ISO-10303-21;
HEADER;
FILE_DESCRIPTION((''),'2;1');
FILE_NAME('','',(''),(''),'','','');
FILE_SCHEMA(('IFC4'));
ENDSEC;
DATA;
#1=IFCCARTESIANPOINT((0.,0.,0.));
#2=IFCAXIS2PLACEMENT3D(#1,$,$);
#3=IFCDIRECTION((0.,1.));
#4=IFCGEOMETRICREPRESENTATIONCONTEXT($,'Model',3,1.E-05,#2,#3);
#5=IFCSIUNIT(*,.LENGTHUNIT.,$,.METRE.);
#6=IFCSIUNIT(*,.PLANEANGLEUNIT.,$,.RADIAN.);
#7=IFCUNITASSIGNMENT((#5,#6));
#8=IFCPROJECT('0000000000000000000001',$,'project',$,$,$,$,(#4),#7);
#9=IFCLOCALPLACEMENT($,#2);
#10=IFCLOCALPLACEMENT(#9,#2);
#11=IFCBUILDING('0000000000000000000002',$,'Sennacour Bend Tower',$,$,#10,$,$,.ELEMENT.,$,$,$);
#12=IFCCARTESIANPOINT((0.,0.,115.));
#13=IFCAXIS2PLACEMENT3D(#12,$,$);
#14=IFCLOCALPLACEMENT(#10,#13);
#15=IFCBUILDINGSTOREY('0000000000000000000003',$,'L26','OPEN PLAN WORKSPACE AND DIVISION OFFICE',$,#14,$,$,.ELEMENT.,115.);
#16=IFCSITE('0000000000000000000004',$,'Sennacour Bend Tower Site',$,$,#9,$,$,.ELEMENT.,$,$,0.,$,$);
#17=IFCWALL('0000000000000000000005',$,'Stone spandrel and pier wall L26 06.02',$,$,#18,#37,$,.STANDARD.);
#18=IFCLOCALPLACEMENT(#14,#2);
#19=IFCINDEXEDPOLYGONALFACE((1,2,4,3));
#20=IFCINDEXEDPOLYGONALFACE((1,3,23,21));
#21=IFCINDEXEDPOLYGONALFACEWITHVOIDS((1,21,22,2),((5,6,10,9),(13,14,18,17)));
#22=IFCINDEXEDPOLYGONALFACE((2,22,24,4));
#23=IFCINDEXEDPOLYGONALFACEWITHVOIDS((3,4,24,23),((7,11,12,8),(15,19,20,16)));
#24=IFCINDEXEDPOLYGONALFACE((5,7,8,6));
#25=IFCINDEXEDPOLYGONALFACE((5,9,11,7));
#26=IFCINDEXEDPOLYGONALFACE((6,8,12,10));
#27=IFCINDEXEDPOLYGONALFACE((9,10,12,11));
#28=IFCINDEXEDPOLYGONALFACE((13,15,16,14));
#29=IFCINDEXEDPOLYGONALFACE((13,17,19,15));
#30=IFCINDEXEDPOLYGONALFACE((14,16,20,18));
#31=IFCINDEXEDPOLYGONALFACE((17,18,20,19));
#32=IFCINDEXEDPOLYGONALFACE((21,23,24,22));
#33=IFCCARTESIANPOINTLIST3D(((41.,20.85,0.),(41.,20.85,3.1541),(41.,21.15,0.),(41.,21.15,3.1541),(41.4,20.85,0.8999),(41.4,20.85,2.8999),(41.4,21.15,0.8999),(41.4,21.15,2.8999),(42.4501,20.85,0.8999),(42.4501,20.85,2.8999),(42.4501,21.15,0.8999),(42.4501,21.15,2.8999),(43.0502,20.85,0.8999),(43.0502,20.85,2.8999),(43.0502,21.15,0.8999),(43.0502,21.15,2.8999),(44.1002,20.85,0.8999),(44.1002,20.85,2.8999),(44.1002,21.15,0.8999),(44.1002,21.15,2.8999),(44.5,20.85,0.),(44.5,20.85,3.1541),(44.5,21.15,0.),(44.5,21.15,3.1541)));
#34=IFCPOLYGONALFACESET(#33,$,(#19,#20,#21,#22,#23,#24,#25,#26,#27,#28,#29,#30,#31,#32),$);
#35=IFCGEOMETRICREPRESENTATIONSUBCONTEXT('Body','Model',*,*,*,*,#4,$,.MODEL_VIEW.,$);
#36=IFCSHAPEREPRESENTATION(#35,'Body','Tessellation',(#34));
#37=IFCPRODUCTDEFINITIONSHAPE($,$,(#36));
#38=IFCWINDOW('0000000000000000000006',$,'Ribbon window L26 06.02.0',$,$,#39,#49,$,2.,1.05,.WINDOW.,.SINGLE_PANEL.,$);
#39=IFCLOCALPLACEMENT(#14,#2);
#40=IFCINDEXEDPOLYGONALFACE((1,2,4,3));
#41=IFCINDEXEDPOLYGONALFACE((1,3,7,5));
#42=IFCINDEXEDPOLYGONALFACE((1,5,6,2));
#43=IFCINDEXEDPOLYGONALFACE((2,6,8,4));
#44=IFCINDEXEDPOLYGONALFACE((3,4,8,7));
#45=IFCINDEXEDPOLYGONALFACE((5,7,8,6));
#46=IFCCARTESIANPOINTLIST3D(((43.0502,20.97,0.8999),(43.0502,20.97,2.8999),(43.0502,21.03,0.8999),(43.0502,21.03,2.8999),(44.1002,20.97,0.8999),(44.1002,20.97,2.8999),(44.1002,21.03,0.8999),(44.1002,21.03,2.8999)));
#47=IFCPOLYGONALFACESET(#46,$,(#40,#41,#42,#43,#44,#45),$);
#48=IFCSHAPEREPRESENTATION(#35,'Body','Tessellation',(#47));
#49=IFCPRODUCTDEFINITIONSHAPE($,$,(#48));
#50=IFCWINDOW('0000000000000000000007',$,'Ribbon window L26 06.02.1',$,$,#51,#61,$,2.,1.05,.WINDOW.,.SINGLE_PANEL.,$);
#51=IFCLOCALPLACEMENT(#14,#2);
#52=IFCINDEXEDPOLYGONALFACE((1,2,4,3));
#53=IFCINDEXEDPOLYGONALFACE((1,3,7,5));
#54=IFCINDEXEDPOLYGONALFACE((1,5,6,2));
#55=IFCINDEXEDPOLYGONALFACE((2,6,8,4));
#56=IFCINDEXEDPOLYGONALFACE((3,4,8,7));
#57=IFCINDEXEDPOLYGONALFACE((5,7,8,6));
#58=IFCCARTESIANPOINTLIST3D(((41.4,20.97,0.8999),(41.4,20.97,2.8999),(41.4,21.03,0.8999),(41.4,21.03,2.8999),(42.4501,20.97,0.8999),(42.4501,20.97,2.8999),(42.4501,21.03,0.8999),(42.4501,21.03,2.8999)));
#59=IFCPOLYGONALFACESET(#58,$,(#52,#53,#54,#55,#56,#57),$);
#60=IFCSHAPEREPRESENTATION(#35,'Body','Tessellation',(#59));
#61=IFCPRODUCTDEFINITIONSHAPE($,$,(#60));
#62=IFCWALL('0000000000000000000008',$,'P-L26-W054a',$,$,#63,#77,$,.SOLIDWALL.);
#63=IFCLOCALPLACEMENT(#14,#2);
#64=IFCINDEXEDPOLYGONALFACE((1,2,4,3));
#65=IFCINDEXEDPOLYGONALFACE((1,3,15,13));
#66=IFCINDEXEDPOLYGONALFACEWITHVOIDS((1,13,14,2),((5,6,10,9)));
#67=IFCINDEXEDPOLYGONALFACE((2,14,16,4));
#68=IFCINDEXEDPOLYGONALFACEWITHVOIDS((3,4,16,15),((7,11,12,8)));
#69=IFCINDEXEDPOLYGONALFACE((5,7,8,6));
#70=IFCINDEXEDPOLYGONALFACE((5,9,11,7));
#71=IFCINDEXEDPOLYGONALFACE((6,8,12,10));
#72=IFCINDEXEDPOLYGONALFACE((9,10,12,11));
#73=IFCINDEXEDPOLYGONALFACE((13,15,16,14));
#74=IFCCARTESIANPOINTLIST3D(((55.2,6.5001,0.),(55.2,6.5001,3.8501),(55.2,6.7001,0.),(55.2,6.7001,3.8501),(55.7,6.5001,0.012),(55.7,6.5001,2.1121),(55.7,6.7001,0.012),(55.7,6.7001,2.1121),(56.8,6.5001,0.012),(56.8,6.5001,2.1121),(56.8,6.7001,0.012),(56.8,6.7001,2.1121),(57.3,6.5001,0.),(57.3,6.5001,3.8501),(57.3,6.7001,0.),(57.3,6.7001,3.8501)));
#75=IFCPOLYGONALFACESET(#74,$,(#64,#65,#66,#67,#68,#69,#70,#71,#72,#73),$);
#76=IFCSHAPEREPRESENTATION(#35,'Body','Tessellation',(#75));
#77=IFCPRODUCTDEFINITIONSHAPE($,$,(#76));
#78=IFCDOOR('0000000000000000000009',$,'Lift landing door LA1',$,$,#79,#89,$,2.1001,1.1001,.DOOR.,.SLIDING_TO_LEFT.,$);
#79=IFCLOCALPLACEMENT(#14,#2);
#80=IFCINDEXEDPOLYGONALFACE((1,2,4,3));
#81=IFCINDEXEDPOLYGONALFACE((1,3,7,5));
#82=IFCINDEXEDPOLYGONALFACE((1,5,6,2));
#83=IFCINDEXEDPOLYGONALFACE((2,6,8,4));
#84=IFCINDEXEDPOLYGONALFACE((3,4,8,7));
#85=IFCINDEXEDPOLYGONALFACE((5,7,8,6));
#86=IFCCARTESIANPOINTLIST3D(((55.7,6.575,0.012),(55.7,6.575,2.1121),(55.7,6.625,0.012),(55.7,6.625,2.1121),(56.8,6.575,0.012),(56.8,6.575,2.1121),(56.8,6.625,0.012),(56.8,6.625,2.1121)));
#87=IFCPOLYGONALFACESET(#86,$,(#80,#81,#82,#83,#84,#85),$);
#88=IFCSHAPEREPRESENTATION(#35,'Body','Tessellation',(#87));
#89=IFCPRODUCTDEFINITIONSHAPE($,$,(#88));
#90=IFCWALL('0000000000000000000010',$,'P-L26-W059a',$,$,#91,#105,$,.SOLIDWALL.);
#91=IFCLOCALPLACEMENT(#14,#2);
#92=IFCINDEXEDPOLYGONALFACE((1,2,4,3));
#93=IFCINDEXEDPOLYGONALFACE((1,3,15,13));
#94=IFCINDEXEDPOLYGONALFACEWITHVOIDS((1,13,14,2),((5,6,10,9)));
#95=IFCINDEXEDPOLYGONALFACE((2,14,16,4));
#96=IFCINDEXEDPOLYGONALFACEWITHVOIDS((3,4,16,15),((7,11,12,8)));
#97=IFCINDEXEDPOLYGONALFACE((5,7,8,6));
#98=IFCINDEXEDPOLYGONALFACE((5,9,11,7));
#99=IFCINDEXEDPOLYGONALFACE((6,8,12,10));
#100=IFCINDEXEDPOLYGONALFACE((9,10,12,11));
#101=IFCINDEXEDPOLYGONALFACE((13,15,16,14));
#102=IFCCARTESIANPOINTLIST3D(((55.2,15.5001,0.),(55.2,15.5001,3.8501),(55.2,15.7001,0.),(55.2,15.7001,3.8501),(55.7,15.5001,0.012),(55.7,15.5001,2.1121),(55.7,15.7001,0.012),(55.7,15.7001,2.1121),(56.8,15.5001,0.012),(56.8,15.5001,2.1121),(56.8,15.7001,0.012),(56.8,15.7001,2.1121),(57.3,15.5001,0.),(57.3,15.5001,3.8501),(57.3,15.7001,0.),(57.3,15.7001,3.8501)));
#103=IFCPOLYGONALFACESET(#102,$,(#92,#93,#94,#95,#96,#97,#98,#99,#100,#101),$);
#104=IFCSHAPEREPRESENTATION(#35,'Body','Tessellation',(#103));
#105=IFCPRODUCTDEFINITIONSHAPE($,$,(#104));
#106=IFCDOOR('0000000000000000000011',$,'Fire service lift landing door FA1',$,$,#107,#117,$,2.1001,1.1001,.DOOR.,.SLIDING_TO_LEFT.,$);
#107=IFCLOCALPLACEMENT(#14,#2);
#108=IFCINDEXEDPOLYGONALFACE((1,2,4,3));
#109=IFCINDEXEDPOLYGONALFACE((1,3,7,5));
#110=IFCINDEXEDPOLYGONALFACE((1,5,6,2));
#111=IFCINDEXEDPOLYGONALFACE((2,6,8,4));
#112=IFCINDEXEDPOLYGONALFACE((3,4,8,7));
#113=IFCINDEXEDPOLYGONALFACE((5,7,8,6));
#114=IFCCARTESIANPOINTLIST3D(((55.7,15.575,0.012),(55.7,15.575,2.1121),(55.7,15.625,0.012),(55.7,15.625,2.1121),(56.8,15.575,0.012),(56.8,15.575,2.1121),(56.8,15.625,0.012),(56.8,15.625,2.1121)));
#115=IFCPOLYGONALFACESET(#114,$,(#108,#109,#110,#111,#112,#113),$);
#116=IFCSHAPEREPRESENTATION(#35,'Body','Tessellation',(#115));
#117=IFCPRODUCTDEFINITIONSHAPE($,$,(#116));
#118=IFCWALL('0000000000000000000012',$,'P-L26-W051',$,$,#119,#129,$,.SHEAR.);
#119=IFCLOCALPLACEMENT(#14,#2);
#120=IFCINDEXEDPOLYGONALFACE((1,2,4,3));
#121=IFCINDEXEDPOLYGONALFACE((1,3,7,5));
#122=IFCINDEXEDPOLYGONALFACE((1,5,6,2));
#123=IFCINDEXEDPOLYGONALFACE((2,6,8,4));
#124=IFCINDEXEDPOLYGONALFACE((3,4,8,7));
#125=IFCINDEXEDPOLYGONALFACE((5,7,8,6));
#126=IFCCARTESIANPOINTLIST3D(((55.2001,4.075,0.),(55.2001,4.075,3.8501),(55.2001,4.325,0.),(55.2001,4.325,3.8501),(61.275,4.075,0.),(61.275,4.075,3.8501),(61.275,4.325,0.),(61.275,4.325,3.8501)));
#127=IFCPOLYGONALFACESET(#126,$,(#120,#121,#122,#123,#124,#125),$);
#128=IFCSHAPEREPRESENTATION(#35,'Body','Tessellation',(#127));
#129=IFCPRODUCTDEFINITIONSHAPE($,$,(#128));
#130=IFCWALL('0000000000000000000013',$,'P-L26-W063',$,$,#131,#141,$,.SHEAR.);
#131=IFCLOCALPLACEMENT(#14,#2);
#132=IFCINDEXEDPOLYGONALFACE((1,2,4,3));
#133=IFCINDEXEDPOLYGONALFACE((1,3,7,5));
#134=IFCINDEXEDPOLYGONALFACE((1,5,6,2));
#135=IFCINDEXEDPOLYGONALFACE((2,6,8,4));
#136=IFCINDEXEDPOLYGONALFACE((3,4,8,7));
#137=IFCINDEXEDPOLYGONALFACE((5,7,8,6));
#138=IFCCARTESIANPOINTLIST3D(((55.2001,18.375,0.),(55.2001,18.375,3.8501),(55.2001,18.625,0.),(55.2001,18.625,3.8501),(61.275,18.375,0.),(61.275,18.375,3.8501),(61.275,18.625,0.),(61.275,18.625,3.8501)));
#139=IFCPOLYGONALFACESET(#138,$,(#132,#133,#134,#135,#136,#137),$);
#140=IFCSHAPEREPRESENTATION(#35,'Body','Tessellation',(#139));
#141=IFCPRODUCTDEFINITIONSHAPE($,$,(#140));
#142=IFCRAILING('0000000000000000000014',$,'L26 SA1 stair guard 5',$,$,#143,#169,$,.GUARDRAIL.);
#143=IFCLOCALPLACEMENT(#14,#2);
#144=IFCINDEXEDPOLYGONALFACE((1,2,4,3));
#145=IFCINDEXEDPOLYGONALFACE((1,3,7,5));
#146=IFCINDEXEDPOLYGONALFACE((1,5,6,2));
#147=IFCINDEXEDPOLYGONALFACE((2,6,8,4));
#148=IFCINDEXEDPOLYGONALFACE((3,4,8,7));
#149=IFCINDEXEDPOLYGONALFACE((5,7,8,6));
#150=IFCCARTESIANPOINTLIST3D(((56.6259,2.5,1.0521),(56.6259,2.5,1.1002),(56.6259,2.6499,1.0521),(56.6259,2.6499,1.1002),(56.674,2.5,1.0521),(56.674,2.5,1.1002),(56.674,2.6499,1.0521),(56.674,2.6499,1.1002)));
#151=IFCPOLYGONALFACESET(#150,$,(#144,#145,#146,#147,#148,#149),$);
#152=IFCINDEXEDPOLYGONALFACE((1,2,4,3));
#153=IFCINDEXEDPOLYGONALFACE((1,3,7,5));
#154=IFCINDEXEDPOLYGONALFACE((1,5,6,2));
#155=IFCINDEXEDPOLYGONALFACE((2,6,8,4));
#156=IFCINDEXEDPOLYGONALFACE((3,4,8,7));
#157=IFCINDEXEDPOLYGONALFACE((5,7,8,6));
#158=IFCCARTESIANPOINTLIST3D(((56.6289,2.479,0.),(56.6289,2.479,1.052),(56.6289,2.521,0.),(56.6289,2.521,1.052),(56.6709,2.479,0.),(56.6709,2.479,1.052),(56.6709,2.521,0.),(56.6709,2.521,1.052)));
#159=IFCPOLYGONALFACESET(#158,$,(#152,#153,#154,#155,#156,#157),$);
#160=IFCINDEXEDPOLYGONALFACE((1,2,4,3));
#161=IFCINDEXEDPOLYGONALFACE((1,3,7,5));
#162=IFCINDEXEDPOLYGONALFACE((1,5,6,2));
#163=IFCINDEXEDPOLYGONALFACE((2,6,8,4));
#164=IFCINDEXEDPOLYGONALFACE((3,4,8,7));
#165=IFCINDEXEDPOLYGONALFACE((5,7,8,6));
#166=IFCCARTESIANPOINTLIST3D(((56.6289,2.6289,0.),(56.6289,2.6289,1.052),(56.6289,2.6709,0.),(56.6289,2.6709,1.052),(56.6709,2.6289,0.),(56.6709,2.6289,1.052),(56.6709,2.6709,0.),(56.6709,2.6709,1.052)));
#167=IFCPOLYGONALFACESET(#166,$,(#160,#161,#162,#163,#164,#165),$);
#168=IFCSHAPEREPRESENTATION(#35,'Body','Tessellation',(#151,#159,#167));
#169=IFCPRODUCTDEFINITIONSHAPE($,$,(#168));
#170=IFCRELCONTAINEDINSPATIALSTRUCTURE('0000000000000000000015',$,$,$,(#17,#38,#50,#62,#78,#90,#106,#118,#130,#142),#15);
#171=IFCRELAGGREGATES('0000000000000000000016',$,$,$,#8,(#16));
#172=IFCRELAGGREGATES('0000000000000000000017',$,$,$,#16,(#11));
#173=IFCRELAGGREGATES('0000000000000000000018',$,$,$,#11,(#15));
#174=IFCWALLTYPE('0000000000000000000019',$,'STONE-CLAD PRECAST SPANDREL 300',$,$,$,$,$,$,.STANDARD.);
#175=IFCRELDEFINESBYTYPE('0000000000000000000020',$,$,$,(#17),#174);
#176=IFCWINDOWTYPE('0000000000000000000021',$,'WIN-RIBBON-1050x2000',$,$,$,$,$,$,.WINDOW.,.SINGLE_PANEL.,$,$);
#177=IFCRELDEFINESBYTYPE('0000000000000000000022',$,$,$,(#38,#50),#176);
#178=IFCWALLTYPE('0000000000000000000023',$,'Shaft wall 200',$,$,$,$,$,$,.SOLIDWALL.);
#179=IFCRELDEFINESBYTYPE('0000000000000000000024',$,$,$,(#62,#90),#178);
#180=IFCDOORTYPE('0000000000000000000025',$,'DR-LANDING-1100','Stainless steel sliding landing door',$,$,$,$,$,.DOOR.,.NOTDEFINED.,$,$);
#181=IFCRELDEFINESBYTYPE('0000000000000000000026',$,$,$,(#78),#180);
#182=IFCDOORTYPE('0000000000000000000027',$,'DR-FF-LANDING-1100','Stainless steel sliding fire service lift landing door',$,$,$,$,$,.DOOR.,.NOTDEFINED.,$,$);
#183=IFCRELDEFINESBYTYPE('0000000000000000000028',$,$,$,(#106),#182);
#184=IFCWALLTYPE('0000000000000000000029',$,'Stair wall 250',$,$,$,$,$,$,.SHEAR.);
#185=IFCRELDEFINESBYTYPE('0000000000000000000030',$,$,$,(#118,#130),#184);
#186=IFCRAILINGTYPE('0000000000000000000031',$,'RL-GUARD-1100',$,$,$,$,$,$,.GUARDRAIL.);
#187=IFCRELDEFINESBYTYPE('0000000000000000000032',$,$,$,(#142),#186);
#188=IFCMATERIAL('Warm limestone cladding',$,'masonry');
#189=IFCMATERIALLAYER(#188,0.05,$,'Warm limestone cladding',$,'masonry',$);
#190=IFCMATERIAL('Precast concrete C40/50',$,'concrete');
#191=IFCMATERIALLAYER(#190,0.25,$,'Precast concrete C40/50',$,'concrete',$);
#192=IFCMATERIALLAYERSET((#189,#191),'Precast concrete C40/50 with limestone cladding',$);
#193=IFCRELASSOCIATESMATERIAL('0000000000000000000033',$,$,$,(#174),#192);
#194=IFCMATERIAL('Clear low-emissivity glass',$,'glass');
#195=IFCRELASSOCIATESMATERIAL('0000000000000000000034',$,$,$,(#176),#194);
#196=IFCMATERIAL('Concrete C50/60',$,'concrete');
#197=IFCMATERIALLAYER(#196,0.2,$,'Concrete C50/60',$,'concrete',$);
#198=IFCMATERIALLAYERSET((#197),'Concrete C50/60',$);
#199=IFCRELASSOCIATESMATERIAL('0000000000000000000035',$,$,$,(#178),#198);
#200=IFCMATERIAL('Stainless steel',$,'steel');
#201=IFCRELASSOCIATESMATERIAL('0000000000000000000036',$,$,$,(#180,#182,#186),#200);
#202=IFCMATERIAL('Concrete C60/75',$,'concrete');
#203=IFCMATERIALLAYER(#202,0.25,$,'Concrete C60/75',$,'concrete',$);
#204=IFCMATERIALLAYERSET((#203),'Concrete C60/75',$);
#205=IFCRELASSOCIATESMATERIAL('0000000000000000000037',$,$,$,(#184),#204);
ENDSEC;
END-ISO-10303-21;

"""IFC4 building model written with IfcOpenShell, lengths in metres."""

from ifc_helpers import new_model, si_unit, direction, frame, frame_2d, origin, origin_2d, place, context, subcontext, project, spatial, rectangle, extrude, material, layer, layer_set, type_object, element, fill, save


model = new_model("IFC4")

# Units and contexts
model_context = context("Model", 3, precision=1e-05, world=origin(), true_north=direction((0.0, 1.0)))
body_context = subcontext(model_context, "Body", "Model", "MODEL_VIEW")
ifc_project = project(units=[si_unit("LENGTHUNIT", "METRE"), si_unit("PLANEANGLEUNIT", "RADIAN")], contexts=[model_context])

# Site, building, storey
site_placement = place(None, origin())
site = spatial("IfcSite", under=ifc_project, at=site_placement, Name="Sennacour Bend Tower Site", CompositionType="ELEMENT", RefElevation=0.0)
building_placement = place(site_placement, origin())
building = spatial("IfcBuilding", under=site, at=building_placement, Name="Sennacour Bend Tower", CompositionType="ELEMENT")
storey_placement = place(building_placement, frame((0.0, 0.0, 115.0)))
storey = spatial("IfcBuildingStorey", under=building, at=storey_placement, Name="L26", Description="OPEN PLAN WORKSPACE AND DIVISION OFFICE", CompositionType="ELEMENT", Elevation=115.0)

# Wall, openings, windows
ifc_material_1 = material(Name="Warm limestone cladding", Category="masonry")
ifc_layer_1 = layer(ifc_material_1, 0.05, Name="Warm limestone cladding", Category="masonry")
ifc_material_2 = material(Name="Precast concrete C40/50", Category="concrete")
ifc_layer_2 = layer(ifc_material_2, 0.25, Name="Precast concrete C40/50", Category="concrete")
ifc_layer_set_1 = layer_set([ifc_layer_1, ifc_layer_2], Name="Precast concrete C40/50 with limestone cladding")
wall_type_1 = type_object("IfcWallType", Name="STONE-CLAD PRECAST SPANDREL 300", PredefinedType="STANDARD", material=ifc_layer_set_1)
ifc_material_3 = material(Name="Clear low-emissivity glass", Category="glass")
window_type_1 = type_object("IfcWindowType", Name="WIN-RIBBON-1050x2000", PartitioningType="SINGLE_PANEL", PredefinedType="WINDOW", material=ifc_material_3)
wall_1_placement = place(storey_placement, frame((44.5, 21.0, 0.0), z_axis=(0.0, 0.0, 1.0), x_axis=(-1.0, 0.0, 0.0)))
wall_1 = element("IfcWall", 1, at=wall_1_placement, inside=storey, type_object=wall_type_1, Name="Stone spandrel and pier wall L26 06.02", PredefinedType="STANDARD", context=body_context, shape_type="SweptSolid", body=[
    extrude(rectangle(XDim=3.5, YDim=0.3, at=frame_2d((1.75, 0.0))), origin(), (0.0, 0.0, 1.0), 3.1541),
])
opening_1_placement = place(wall_1_placement, frame((0.3999, 0.0, 0.8999)))
opening_1 = element("IfcOpeningElement", 2, at=opening_1_placement, cuts=wall_1, PredefinedType="OPENING", context=body_context, shape_type="SweptSolid", body=[
    extrude(rectangle(XDim=1.05, YDim=2.0, at=frame_2d((0.5249, 1.0))), frame((0.0, 0.1602, 0.0), z_axis=(0.0, -1.0, 0.0), x_axis=(1.0, 0.0, 0.0)), (0.0, 0.0, 1.0), 0.3201),
])
opening_2_placement = place(wall_1_placement, frame((2.05, 0.0, 0.8999)))
opening_2 = element("IfcOpeningElement", 3, at=opening_2_placement, cuts=wall_1, PredefinedType="OPENING", context=body_context, shape_type="SweptSolid", body=[
    extrude(rectangle(XDim=1.05, YDim=2.0, at=frame_2d((0.5249, 1.0))), frame((0.0, 0.1602, 0.0), z_axis=(0.0, -1.0, 0.0), x_axis=(1.0, 0.0, 0.0)), (0.0, 0.0, 1.0), 0.3201),
])
window_1_placement = place(opening_1_placement, origin())
window_1 = element("IfcWindow", 4, at=window_1_placement, inside=storey, type_object=window_type_1, Name="Ribbon window L26 06.02.0", OverallHeight=2.0, OverallWidth=1.05, PartitioningType="SINGLE_PANEL", PredefinedType="WINDOW", context=body_context, shape_type="SweptSolid", body=[
    extrude(rectangle(XDim=1.05, YDim=2.0, at=frame_2d((0.5249, 1.0))), frame((0.0, 0.03, 0.0), z_axis=(0.0, -1.0, 0.0), x_axis=(1.0, 0.0, 0.0)), (0.0, 0.0, 1.0), 0.0601),
])
fill(opening_1, window_1)
window_2_placement = place(opening_2_placement, origin())
window_2 = element("IfcWindow", 5, at=window_2_placement, inside=storey, type_object=window_type_1, Name="Ribbon window L26 06.02.1", OverallHeight=2.0, OverallWidth=1.05, PartitioningType="SINGLE_PANEL", PredefinedType="WINDOW", context=body_context, shape_type="SweptSolid", body=[
    extrude(rectangle(XDim=1.05, YDim=2.0, at=frame_2d((0.5249, 1.0))), frame((0.0, 0.03, 0.0), z_axis=(0.0, -1.0, 0.0), x_axis=(1.0, 0.0, 0.0)), (0.0, 0.0, 1.0), 0.0601),
])
fill(opening_2, window_2)

# Walls, openings, doors
ifc_material_4 = material(Name="Concrete C50/60", Category="concrete")
ifc_layer_3 = layer(ifc_material_4, 0.2, Name="Concrete C50/60", Category="concrete")
ifc_layer_set_2 = layer_set([ifc_layer_3], Name="Concrete C50/60")
wall_type_2 = type_object("IfcWallType", Name="Shaft wall 200", PredefinedType="SOLIDWALL", material=ifc_layer_set_2)
wall_2_placement = place(storey_placement, frame((55.2, 6.6001, 0.0), z_axis=(0.0, 0.0, 1.0), x_axis=(1.0, 0.0, 0.0)))
wall_2 = element("IfcWall", 6, at=wall_2_placement, inside=storey, type_object=wall_type_2, Name="P-L26-W054a", PredefinedType="SOLIDWALL", context=body_context, shape_type="SweptSolid", body=[
    extrude(rectangle(XDim=2.1001, YDim=0.2, at=frame_2d((1.05, 0.0))), origin(), (0.0, 0.0, 1.0), 3.8501),
])
opening_3_placement = place(wall_2_placement, frame((0.5, 0.0, 0.012)))
opening_3 = element("IfcOpeningElement", 7, at=opening_3_placement, cuts=wall_2, PredefinedType="OPENING", context=body_context, shape_type="SweptSolid", body=[
    extrude(rectangle(XDim=1.1001, YDim=2.1001, at=frame_2d((0.55, 1.05))), frame((0.0, 0.1099, 0.0), z_axis=(0.0, -1.0, 0.0), x_axis=(1.0, 0.0, 0.0)), (0.0, 0.0, 1.0), 0.22),
])
ifc_material_5 = material(Name="Stainless steel", Category="steel")
door_type_1 = type_object("IfcDoorType", Name="DR-LANDING-1100", Description="Stainless steel sliding landing door", OperationType="NOTDEFINED", PredefinedType="DOOR", material=ifc_material_5)
door_1_placement = place(opening_3_placement, origin())
door_1 = element("IfcDoor", 8, at=door_1_placement, inside=storey, type_object=door_type_1, Name="Lift landing door LA1", OperationType="SLIDING_TO_LEFT", OverallHeight=2.1001, OverallWidth=1.1001, PredefinedType="DOOR", context=body_context, shape_type="SweptSolid", body=[
    extrude(rectangle(XDim=1.1001, YDim=2.1001, at=frame_2d((0.55, 1.05))), frame((0.0, 0.0249, 0.0), z_axis=(0.0, -1.0, 0.0), x_axis=(1.0, 0.0, 0.0)), (0.0, 0.0, 1.0), 0.05),
])
fill(opening_3, door_1)
wall_3_placement = place(storey_placement, frame((55.2, 15.6001, 0.0), z_axis=(0.0, 0.0, 1.0), x_axis=(1.0, 0.0, 0.0)))
wall_3 = element("IfcWall", 9, at=wall_3_placement, inside=storey, type_object=wall_type_2, Name="P-L26-W059a", PredefinedType="SOLIDWALL", context=body_context, shape_type="SweptSolid", body=[
    extrude(rectangle(XDim=2.1001, YDim=0.2, at=frame_2d((1.05, 0.0))), origin(), (0.0, 0.0, 1.0), 3.8501),
])
opening_4_placement = place(wall_3_placement, frame((0.5, 0.0, 0.012)))
opening_4 = element("IfcOpeningElement", 10, at=opening_4_placement, cuts=wall_3, PredefinedType="OPENING", context=body_context, shape_type="SweptSolid", body=[
    extrude(rectangle(XDim=1.1001, YDim=2.1001, at=frame_2d((0.55, 1.05))), frame((0.0, 0.1099, 0.0), z_axis=(0.0, -1.0, 0.0), x_axis=(1.0, 0.0, 0.0)), (0.0, 0.0, 1.0), 0.22),
])
door_type_2 = type_object("IfcDoorType", Name="DR-FF-LANDING-1100", Description="Stainless steel sliding fire service lift landing door", OperationType="NOTDEFINED", PredefinedType="DOOR", material=ifc_material_5)
door_2_placement = place(opening_4_placement, origin())
door_2 = element("IfcDoor", 11, at=door_2_placement, inside=storey, type_object=door_type_2, Name="Fire service lift landing door FA1", OperationType="SLIDING_TO_LEFT", OverallHeight=2.1001, OverallWidth=1.1001, PredefinedType="DOOR", context=body_context, shape_type="SweptSolid", body=[
    extrude(rectangle(XDim=1.1001, YDim=2.1001, at=frame_2d((0.55, 1.05))), frame((0.0, 0.0249, 0.0), z_axis=(0.0, -1.0, 0.0), x_axis=(1.0, 0.0, 0.0)), (0.0, 0.0, 1.0), 0.05),
])
fill(opening_4, door_2)

# Walls
ifc_material_6 = material(Name="Concrete C60/75", Category="concrete")
ifc_layer_4 = layer(ifc_material_6, 0.25, Name="Concrete C60/75", Category="concrete")
ifc_layer_set_3 = layer_set([ifc_layer_4], Name="Concrete C60/75")
wall_type_3 = type_object("IfcWallType", Name="Stair wall 250", PredefinedType="SHEAR", material=ifc_layer_set_3)
for number, where, z_axis, x_axis, name in (
    (12, (55.2, 4.2, 0.0), (0.0, 0.0, 1.0), (1.0, 0.0, 0.0), "P-L26-W051"),
    (13, (55.2, 18.5, 0.0), (0.0, 0.0, 1.0), (1.0, 0.0, 0.0), "P-L26-W063"),
):
    element("IfcWall", number, at=place(storey_placement, frame(where, z_axis=z_axis, x_axis=x_axis)), inside=storey, type_object=wall_type_3, Name=name, PredefinedType="SHEAR", context=body_context, shape_type="SweptSolid", body=[
        extrude(rectangle(XDim=6.075, YDim=0.25, at=frame_2d((3.0376, 0.0))), origin(), (0.0, 0.0, 1.0), 3.8501),
    ])

# Railing
railing_type = type_object("IfcRailingType", Name="RL-GUARD-1100", PredefinedType="GUARDRAIL", material=ifc_material_5)
railing_1_placement = place(storey_placement, frame((56.6499, 2.5, 0.0)))
element("IfcRailing", 14, at=railing_1_placement, inside=storey, type_object=railing_type, Name="L26 SA1 stair guard 5", PredefinedType="GUARDRAIL", context=body_context, shape_type="SweptSolid", body=[
    extrude(rectangle(XDim=0.0481, YDim=0.0481, at=origin_2d()), frame((0.0, 0.0, 1.0762), z_axis=(0.0, 1.0, 0.0), x_axis=(-1.0, 0.0, 0.0)), (0.0, 0.0, 1.0), 0.1499),
    extrude(rectangle(XDim=0.042, YDim=0.042, at=origin_2d()), origin(), (0.0, 0.0, 1.0), 1.052),
    extrude(rectangle(XDim=0.042, YDim=0.042, at=origin_2d()), frame((0.0, 0.1499, 0.0)), (0.0, 0.0, 1.0), 1.052),
])

save(model, "model.ifc")
